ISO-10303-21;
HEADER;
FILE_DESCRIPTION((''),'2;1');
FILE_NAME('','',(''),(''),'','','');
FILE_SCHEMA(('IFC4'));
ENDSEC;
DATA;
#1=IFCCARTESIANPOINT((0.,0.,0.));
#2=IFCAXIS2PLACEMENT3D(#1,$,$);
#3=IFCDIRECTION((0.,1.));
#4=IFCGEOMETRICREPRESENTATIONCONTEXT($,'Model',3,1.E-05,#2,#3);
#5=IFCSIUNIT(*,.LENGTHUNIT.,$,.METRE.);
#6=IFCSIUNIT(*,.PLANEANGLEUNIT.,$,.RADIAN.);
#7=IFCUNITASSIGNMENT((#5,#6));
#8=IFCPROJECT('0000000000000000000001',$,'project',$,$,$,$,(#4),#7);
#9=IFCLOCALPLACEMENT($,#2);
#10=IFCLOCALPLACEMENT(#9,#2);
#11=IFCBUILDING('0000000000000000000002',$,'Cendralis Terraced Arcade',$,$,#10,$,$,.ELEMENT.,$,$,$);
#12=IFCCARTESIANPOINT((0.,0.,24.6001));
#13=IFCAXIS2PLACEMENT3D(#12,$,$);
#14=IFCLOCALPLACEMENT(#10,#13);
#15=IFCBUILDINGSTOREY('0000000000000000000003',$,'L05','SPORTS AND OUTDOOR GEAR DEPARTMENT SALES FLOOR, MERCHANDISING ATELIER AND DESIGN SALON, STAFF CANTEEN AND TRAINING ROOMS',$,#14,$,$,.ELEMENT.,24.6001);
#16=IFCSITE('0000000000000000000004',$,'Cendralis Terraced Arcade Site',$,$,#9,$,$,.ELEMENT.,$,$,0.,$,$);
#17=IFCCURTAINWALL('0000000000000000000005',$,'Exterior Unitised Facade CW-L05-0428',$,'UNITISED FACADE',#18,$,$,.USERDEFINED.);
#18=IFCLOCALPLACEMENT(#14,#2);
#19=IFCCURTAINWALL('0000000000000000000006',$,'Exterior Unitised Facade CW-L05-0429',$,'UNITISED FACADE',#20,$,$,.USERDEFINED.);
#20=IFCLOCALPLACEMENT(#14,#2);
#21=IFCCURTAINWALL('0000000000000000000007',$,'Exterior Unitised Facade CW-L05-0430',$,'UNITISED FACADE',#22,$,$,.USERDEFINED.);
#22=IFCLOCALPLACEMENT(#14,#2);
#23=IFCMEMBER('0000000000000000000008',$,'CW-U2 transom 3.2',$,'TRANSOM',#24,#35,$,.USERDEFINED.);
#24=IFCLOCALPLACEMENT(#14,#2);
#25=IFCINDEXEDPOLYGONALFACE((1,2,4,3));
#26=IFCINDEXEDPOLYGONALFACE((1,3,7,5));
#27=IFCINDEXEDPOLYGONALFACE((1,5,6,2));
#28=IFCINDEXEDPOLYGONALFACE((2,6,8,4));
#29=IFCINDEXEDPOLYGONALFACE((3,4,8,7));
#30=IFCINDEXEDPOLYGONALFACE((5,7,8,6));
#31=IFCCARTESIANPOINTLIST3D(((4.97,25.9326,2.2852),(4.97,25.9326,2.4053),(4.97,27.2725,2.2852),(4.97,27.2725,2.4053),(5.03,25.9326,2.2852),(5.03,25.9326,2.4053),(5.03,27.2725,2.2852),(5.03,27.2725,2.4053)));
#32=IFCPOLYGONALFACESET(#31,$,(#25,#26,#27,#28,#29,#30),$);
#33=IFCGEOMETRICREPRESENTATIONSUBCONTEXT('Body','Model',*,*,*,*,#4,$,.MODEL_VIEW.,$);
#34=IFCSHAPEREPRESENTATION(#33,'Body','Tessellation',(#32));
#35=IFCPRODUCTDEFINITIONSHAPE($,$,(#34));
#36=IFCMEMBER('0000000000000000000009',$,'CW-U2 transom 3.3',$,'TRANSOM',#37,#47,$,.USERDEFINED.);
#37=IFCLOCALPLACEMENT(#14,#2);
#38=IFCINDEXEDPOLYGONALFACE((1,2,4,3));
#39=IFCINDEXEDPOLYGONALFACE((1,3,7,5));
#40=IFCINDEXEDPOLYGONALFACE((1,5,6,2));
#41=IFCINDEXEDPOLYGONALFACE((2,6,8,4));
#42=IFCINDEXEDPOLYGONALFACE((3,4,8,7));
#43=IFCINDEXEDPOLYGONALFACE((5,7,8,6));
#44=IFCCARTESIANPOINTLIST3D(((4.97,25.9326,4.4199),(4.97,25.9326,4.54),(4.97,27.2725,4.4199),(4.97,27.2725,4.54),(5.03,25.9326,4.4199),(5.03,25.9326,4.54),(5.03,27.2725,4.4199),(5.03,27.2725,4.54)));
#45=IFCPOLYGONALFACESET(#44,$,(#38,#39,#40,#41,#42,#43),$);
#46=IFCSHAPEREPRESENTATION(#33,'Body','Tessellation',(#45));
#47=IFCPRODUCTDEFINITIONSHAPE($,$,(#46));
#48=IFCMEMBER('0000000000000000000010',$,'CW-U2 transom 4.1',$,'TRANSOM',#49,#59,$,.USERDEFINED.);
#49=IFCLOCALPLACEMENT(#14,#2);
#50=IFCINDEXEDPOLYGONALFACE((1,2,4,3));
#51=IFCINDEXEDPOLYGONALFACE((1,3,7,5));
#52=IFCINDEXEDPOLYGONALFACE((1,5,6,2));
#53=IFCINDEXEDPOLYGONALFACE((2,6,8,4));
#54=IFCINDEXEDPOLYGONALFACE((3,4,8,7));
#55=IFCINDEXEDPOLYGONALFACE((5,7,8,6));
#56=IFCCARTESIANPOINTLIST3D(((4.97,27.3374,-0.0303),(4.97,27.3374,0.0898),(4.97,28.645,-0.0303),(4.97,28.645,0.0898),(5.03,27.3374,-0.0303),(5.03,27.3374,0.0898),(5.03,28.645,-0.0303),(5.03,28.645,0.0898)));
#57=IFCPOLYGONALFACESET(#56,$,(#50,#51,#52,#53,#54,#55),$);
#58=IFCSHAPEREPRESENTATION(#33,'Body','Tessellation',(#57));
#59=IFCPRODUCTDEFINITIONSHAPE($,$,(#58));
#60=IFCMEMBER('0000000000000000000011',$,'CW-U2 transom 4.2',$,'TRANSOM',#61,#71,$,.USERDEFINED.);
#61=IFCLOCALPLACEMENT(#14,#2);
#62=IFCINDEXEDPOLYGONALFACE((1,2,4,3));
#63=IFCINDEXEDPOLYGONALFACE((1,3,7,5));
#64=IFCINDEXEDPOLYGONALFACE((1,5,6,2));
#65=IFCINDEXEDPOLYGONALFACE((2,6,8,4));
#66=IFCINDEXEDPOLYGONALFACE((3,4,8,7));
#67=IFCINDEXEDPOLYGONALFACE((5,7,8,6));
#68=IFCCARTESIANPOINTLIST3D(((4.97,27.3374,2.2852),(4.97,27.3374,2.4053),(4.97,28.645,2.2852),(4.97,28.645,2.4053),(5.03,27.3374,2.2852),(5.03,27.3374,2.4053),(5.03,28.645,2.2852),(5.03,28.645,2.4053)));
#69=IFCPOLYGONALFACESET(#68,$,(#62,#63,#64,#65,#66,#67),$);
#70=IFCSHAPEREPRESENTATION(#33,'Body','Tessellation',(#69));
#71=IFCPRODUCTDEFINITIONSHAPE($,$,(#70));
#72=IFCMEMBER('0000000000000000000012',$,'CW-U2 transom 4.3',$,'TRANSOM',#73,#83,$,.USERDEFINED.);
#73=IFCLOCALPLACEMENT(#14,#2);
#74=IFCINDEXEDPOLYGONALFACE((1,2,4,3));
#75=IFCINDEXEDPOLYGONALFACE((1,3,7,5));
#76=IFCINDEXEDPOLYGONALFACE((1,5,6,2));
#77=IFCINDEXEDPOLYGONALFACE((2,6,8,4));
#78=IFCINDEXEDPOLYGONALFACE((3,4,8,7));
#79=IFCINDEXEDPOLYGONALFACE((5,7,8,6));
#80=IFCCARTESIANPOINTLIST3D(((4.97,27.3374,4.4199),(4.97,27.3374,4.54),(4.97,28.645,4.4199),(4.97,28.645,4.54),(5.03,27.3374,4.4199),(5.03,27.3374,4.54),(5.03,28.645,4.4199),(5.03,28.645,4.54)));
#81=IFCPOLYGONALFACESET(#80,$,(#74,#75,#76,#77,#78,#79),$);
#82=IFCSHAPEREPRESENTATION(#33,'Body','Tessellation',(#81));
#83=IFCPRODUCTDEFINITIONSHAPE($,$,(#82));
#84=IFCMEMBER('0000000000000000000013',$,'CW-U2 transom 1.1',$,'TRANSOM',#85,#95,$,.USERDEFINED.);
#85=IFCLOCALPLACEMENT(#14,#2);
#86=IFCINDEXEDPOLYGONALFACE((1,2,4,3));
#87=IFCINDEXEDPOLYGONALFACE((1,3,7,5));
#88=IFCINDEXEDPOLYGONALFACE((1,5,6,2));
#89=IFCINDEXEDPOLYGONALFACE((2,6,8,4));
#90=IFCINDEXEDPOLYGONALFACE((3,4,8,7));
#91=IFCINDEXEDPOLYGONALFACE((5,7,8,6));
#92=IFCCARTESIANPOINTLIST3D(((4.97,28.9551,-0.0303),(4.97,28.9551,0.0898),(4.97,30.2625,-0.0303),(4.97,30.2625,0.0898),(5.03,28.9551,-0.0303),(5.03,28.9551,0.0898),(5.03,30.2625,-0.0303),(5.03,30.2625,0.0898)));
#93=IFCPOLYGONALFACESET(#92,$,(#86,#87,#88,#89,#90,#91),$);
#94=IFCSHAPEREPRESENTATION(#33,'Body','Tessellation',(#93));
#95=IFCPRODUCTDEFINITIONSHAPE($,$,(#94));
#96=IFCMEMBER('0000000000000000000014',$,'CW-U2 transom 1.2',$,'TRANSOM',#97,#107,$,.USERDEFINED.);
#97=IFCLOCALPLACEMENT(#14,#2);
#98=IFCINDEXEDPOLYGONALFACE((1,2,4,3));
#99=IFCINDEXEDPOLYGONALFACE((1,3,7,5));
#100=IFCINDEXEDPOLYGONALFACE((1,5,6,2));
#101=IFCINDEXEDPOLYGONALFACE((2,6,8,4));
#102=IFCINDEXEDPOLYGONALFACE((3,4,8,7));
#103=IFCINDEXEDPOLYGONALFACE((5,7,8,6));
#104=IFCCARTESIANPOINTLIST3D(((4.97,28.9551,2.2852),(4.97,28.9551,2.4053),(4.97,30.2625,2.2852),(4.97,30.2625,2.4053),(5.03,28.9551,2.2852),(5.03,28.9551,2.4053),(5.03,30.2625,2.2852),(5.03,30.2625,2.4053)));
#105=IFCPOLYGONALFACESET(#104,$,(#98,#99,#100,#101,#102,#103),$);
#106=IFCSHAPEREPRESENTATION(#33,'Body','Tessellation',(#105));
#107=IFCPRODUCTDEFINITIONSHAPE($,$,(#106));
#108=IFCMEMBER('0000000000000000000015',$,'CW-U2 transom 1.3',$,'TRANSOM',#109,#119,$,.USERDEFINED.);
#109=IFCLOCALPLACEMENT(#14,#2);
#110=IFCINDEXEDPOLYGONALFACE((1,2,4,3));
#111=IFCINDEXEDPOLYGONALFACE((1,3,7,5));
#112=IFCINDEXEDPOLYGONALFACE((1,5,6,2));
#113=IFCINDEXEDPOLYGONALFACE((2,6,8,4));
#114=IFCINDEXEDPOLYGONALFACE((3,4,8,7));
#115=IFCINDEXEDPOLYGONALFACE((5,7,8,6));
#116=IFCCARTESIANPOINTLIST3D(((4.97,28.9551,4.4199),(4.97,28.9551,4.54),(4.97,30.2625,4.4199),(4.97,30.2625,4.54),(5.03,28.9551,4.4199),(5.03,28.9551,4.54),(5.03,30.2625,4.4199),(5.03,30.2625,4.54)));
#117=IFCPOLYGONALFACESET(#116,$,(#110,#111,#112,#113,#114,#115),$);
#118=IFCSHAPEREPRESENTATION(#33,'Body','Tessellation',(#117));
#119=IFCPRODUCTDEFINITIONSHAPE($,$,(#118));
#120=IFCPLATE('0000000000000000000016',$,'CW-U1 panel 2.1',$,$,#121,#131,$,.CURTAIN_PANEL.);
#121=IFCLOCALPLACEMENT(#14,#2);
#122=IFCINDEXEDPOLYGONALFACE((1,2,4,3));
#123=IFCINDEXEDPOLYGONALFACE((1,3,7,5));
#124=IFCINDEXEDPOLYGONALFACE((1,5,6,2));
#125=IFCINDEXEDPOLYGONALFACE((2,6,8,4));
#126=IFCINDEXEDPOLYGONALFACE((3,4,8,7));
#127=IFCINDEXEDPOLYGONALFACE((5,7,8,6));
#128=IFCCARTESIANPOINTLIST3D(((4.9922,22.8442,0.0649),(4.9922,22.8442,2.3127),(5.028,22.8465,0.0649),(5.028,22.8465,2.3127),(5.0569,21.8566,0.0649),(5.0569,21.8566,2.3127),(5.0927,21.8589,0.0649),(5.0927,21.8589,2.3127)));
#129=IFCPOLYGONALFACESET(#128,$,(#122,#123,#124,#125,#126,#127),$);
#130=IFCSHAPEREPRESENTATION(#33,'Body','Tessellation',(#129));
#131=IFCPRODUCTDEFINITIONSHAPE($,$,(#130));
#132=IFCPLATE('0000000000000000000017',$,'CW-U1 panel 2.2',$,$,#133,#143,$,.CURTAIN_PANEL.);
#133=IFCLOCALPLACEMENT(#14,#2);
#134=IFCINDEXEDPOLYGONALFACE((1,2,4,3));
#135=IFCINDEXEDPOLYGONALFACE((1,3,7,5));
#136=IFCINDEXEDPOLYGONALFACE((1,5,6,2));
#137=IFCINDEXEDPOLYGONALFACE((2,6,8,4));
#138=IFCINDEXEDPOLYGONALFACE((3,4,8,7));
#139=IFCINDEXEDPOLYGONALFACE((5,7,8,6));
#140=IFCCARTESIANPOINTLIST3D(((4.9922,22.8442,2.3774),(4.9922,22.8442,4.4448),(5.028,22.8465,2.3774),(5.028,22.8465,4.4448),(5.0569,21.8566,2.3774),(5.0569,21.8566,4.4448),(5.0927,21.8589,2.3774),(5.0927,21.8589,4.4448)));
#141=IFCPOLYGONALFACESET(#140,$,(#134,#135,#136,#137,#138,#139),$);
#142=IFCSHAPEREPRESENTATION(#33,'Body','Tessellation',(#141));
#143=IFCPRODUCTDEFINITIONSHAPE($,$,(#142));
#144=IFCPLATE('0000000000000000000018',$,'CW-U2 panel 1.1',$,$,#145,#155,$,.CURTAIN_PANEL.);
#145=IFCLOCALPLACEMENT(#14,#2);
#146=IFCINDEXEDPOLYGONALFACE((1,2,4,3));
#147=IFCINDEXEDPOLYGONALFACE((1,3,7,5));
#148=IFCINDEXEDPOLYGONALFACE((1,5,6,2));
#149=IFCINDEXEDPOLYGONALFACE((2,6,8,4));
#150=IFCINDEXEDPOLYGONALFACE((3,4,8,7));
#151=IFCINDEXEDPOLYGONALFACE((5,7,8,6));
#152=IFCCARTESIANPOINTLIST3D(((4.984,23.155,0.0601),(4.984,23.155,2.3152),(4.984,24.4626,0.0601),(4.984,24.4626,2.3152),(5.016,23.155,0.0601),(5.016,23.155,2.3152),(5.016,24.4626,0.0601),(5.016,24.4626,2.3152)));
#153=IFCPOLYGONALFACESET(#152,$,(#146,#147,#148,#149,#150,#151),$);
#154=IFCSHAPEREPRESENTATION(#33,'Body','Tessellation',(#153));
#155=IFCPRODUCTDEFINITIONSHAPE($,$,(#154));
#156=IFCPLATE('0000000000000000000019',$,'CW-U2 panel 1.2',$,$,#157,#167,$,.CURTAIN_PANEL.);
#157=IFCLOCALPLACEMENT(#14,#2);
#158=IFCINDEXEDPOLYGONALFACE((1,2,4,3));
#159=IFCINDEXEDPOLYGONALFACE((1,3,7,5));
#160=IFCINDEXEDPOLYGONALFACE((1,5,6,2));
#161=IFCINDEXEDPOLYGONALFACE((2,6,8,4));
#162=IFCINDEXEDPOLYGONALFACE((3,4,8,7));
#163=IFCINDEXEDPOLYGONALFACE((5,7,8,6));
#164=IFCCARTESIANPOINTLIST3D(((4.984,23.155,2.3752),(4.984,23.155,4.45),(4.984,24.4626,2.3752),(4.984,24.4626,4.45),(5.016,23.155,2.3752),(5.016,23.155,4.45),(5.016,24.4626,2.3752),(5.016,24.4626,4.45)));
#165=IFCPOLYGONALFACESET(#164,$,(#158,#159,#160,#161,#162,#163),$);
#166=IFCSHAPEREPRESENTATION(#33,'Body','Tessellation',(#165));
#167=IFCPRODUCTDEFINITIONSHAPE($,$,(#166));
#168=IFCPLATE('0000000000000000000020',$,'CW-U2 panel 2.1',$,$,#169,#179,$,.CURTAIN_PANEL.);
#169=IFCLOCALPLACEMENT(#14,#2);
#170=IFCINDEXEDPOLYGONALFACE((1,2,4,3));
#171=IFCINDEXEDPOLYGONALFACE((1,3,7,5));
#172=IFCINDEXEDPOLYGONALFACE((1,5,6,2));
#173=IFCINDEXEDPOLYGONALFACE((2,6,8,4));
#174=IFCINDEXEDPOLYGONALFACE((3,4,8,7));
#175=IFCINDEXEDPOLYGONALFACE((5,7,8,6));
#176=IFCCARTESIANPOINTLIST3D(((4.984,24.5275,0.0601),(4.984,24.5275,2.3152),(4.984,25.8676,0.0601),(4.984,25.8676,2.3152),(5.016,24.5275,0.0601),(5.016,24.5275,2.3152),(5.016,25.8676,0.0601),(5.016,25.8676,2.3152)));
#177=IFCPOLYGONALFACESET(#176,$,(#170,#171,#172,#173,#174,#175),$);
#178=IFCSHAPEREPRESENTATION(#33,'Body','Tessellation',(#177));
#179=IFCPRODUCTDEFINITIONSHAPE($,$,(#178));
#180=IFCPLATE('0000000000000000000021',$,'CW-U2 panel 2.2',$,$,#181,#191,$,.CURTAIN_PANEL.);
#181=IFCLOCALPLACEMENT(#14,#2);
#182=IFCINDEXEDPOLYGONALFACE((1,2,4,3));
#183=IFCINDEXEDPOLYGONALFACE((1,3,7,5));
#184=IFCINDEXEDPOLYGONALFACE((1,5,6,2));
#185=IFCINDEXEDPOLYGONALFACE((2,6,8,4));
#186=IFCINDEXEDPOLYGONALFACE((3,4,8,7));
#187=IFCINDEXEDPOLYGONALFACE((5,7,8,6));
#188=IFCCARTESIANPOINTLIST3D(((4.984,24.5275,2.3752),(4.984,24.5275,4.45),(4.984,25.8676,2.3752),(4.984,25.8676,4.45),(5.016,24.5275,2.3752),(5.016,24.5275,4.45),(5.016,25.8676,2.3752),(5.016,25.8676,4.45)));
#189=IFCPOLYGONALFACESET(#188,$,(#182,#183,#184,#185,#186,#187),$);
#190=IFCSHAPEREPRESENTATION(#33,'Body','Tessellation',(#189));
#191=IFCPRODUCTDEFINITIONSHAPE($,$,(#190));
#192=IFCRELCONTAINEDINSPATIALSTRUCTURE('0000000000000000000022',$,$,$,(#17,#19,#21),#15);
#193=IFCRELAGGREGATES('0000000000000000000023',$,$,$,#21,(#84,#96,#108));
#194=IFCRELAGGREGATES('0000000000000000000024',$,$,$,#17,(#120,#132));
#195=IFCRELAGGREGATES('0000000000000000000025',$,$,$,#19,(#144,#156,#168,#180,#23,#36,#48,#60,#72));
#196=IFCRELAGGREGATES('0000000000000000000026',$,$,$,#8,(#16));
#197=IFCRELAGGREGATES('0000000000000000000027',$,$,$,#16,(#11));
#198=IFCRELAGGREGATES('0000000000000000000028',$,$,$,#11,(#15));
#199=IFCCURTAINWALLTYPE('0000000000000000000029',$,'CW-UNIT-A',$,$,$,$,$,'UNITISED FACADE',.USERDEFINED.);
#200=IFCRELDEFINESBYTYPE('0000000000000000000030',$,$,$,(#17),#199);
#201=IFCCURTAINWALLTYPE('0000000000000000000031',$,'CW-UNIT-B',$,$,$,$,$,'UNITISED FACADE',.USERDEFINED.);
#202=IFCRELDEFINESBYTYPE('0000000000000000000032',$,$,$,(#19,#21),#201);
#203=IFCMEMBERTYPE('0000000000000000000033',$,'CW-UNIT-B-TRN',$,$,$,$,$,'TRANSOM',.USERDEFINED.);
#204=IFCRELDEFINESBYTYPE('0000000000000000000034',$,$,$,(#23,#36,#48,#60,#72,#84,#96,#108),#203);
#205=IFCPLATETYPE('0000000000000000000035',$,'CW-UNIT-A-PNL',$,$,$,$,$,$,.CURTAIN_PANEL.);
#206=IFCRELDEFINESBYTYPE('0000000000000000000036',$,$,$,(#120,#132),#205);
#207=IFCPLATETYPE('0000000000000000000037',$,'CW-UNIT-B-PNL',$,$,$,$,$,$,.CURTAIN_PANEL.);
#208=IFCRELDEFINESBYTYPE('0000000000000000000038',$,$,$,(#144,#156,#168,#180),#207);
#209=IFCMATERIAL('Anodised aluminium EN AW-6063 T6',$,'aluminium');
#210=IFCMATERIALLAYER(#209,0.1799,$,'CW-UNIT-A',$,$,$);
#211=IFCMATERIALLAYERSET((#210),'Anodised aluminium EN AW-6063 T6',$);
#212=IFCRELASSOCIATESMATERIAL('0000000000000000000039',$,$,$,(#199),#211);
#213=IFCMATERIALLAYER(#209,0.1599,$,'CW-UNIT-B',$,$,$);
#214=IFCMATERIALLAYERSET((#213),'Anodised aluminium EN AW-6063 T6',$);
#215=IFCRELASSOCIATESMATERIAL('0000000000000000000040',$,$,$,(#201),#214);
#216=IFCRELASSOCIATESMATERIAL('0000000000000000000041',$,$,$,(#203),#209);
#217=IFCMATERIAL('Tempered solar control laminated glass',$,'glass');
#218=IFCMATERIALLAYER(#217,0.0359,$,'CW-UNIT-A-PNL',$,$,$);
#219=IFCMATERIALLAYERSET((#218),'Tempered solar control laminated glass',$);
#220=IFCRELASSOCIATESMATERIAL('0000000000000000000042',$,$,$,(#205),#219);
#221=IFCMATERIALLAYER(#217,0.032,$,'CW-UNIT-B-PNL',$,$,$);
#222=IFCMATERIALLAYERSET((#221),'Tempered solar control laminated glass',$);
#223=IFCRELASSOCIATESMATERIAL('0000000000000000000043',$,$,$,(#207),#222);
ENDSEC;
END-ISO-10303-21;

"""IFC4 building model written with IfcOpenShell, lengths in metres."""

from ifc_helpers import new_model, si_unit, direction, frame, origin, origin_2d, place, context, subcontext, project, spatial, rectangle, extrude, material, layer, layer_set, material_profile, profile_set, type_object, element, aggregate, save


model = new_model("IFC4")

# Units and contexts
model_context = context("Model", 3, precision=1e-05, world=origin(), true_north=direction((0.0, 1.0)))
body_context = subcontext(model_context, "Body", "Model", "MODEL_VIEW")
ifc_project = project(units=[si_unit("LENGTHUNIT", "METRE"), si_unit("PLANEANGLEUNIT", "RADIAN")], contexts=[model_context])

# Site, building, storey
site_placement = place(None, origin())
site = spatial("IfcSite", under=ifc_project, at=site_placement, Name="Cendralis Terraced Arcade Site", CompositionType="ELEMENT", RefElevation=0.0)
building_placement = place(site_placement, origin())
building = spatial("IfcBuilding", under=site, at=building_placement, Name="Cendralis Terraced Arcade", CompositionType="ELEMENT")
storey_placement = place(building_placement, frame((0.0, 0.0, 24.6001)))
storey = spatial("IfcBuildingStorey", under=building, at=storey_placement, Name="L05", Description="SPORTS AND OUTDOOR GEAR DEPARTMENT SALES FLOOR, MERCHANDISING ATELIER AND DESIGN SALON, STAFF CANTEEN AND TRAINING ROOMS", CompositionType="ELEMENT", Elevation=24.6001)

# Curtain wall
ifc_material_1 = material(Name="Anodised aluminium EN AW-6063 T6", Category="aluminium")
ifc_layer_1 = layer(ifc_material_1, 0.1799, Name="CW-UNIT-A")
ifc_layer_set_1 = layer_set([ifc_layer_1], Name="Anodised aluminium EN AW-6063 T6")
curtain_wall_type_1 = type_object("IfcCurtainWallType", Name="CW-UNIT-A", ElementType="UNITISED FACADE", PredefinedType="USERDEFINED", material=ifc_layer_set_1)
curtain_wall_1_placement = place(storey_placement, origin())
curtain_wall_1 = element("IfcCurtainWall", 1, at=curtain_wall_1_placement, inside=storey, type_object=curtain_wall_type_1, Name="Exterior Unitised Facade CW-L05-0428", ObjectType="UNITISED FACADE", PredefinedType="USERDEFINED")

# Curtain wall
ifc_layer_2 = layer(ifc_material_1, 0.1599, Name="CW-UNIT-B")
ifc_layer_set_2 = layer_set([ifc_layer_2], Name="Anodised aluminium EN AW-6063 T6")
curtain_wall_type_2 = type_object("IfcCurtainWallType", Name="CW-UNIT-B", ElementType="UNITISED FACADE", PredefinedType="USERDEFINED", material=ifc_layer_set_2)
curtain_wall_2_placement = place(storey_placement, origin())
curtain_wall_2 = element("IfcCurtainWall", 2, at=curtain_wall_2_placement, inside=storey, type_object=curtain_wall_type_2, Name="Exterior Unitised Facade CW-L05-0429", ObjectType="UNITISED FACADE", PredefinedType="USERDEFINED")

# Curtain wall
curtain_wall_3_placement = place(storey_placement, origin())
curtain_wall_3 = element("IfcCurtainWall", 3, at=curtain_wall_3_placement, inside=storey, type_object=curtain_wall_type_2, Name="Exterior Unitised Facade CW-L05-0430", ObjectType="UNITISED FACADE", PredefinedType="USERDEFINED")

# Members
ifc_material_profile_1 = material_profile(ifc_material_1, rectangle(XDim=0.0601, YDim=0.1201, at=origin_2d()), Name="ALU-TRN-60x120")
ifc_profile_set_1 = profile_set([ifc_material_profile_1], Name="Anodised aluminium EN AW-6063 T6")
member_type_1 = type_object("IfcMemberType", Name="CW-UNIT-B-TRN", ElementType="TRANSOM", PredefinedType="USERDEFINED", material=ifc_profile_set_1)
member_1_placement = place(storey_placement, frame((5.0, 25.9326, 2.3452), z_axis=(0.0, 1.0, 0.0), x_axis=(-1.0, 0.0, 0.0)))
member_1 = element("IfcMember", 4, at=member_1_placement, type_object=member_type_1, Name="CW-U2 transom 3.2", ObjectType="TRANSOM", PredefinedType="USERDEFINED", context=body_context, shape_type="SweptSolid", body=[
    extrude(rectangle(XDim=0.0601, YDim=0.1201, at=origin_2d()), origin(), (0.0, 0.0, 1.0), 1.3398),
])
member_2_placement = place(storey_placement, frame((5.0, 25.9326, 4.48), z_axis=(0.0, 1.0, 0.0), x_axis=(-1.0, 0.0, 0.0)))
member_2 = element("IfcMember", 5, at=member_2_placement, type_object=member_type_1, Name="CW-U2 transom 3.3", ObjectType="TRANSOM", PredefinedType="USERDEFINED", context=body_context, shape_type="SweptSolid", body=[
    extrude(rectangle(XDim=0.0601, YDim=0.1201, at=origin_2d()), origin(), (0.0, 0.0, 1.0), 1.3398),
])
member_3_placement = place(storey_placement, frame((5.0, 27.3374, 0.0298), z_axis=(0.0, 1.0, 0.0), x_axis=(-1.0, 0.0, 0.0)))
member_3 = element("IfcMember", 6, at=member_3_placement, type_object=member_type_1, Name="CW-U2 transom 4.1", ObjectType="TRANSOM", PredefinedType="USERDEFINED", context=body_context, shape_type="SweptSolid", body=[
    extrude(rectangle(XDim=0.0601, YDim=0.1201, at=origin_2d()), origin(), (0.0, 0.0, 1.0), 1.3076),
])
member_4_placement = place(storey_placement, frame((5.0, 27.3374, 2.3452), z_axis=(0.0, 1.0, 0.0), x_axis=(-1.0, 0.0, 0.0)))
member_4 = element("IfcMember", 7, at=member_4_placement, type_object=member_type_1, Name="CW-U2 transom 4.2", ObjectType="TRANSOM", PredefinedType="USERDEFINED", context=body_context, shape_type="SweptSolid", body=[
    extrude(rectangle(XDim=0.0601, YDim=0.1201, at=origin_2d()), origin(), (0.0, 0.0, 1.0), 1.3076),
])
member_5_placement = place(storey_placement, frame((5.0, 27.3374, 4.48), z_axis=(0.0, 1.0, 0.0), x_axis=(-1.0, 0.0, 0.0)))
member_5 = element("IfcMember", 8, at=member_5_placement, type_object=member_type_1, Name="CW-U2 transom 4.3", ObjectType="TRANSOM", PredefinedType="USERDEFINED", context=body_context, shape_type="SweptSolid", body=[
    extrude(rectangle(XDim=0.0601, YDim=0.1201, at=origin_2d()), origin(), (0.0, 0.0, 1.0), 1.3076),
])
member_6_placement = place(storey_placement, frame((5.0, 28.9551, 0.0298), z_axis=(0.0, 1.0, 0.0), x_axis=(-1.0, 0.0, 0.0)))
member_6 = element("IfcMember", 9, at=member_6_placement, type_object=member_type_1, Name="CW-U2 transom 1.1", ObjectType="TRANSOM", PredefinedType="USERDEFINED", context=body_context, shape_type="SweptSolid", body=[
    extrude(rectangle(XDim=0.0601, YDim=0.1201, at=origin_2d()), origin(), (0.0, 0.0, 1.0), 1.3074),
])
member_7_placement = place(storey_placement, frame((5.0, 28.9551, 2.3452), z_axis=(0.0, 1.0, 0.0), x_axis=(-1.0, 0.0, 0.0)))
member_7 = element("IfcMember", 10, at=member_7_placement, type_object=member_type_1, Name="CW-U2 transom 1.2", ObjectType="TRANSOM", PredefinedType="USERDEFINED", context=body_context, shape_type="SweptSolid", body=[
    extrude(rectangle(XDim=0.0601, YDim=0.1201, at=origin_2d()), origin(), (0.0, 0.0, 1.0), 1.3074),
])
member_8_placement = place(storey_placement, frame((5.0, 28.9551, 4.48), z_axis=(0.0, 1.0, 0.0), x_axis=(-1.0, 0.0, 0.0)))
member_8 = element("IfcMember", 11, at=member_8_placement, type_object=member_type_1, Name="CW-U2 transom 1.3", ObjectType="TRANSOM", PredefinedType="USERDEFINED", context=body_context, shape_type="SweptSolid", body=[
    extrude(rectangle(XDim=0.0601, YDim=0.1201, at=origin_2d()), origin(), (0.0, 0.0, 1.0), 1.3074),
])
aggregate(curtain_wall_3, [member_6, member_7, member_8])

# Plates
ifc_material_2 = material(Name="Tempered solar control laminated glass", Category="glass")
ifc_layer_3 = layer(ifc_material_2, 0.0359, Name="CW-UNIT-A-PNL")
ifc_layer_set_3 = layer_set([ifc_layer_3], Name="Tempered solar control laminated glass")
plate_type_1 = type_object("IfcPlateType", Name="CW-UNIT-A-PNL", PredefinedType="CURTAIN_PANEL", material=ifc_layer_set_3)
plate_1_placement = place(storey_placement, frame((5.0425, 22.3516, 0.0649), z_axis=(0.0, 0.0, 1.0), x_axis=(-0.065393, 0.99786, 0.0)))
plate_1 = element("IfcPlate", 12, at=plate_1_placement, type_object=plate_type_1, Name="CW-U1 panel 2.1", PredefinedType="CURTAIN_PANEL", context=body_context, shape_type="SweptSolid", body=[
    extrude(rectangle(XDim=0.9897, YDim=0.0359, at=origin_2d()), origin(), (0.0, 0.0, 1.0), 2.2478),
])
plate_2_placement = place(storey_placement, frame((5.0425, 22.3516, 2.3774), z_axis=(0.0, 0.0, 1.0), x_axis=(-0.065393, 0.99786, 0.0)))
plate_2 = element("IfcPlate", 13, at=plate_2_placement, type_object=plate_type_1, Name="CW-U1 panel 2.2", PredefinedType="CURTAIN_PANEL", context=body_context, shape_type="SweptSolid", body=[
    extrude(rectangle(XDim=0.9897, YDim=0.0359, at=origin_2d()), origin(), (0.0, 0.0, 1.0), 2.0674),
])
aggregate(curtain_wall_1, [plate_1, plate_2])
ifc_layer_4 = layer(ifc_material_2, 0.032, Name="CW-UNIT-B-PNL")
ifc_layer_set_4 = layer_set([ifc_layer_4], Name="Tempered solar control laminated glass")
plate_type_2 = type_object("IfcPlateType", Name="CW-UNIT-B-PNL", PredefinedType="CURTAIN_PANEL", material=ifc_layer_set_4)
plate_3_placement = place(storey_placement, frame((5.0, 23.8088, 0.0601), z_axis=(0.0, 0.0, 1.0), x_axis=(0.0, 1.0, 0.0)))
plate_3 = element("IfcPlate", 14, at=plate_3_placement, type_object=plate_type_2, Name="CW-U2 panel 1.1", PredefinedType="CURTAIN_PANEL", context=body_context, shape_type="SweptSolid", body=[
    extrude(rectangle(XDim=1.3076, YDim=0.032, at=origin_2d()), origin(), (0.0, 0.0, 1.0), 2.2551),
])
plate_4_placement = place(storey_placement, frame((5.0, 23.8088, 2.3752), z_axis=(0.0, 0.0, 1.0), x_axis=(0.0, 1.0, 0.0)))
plate_4 = element("IfcPlate", 15, at=plate_4_placement, type_object=plate_type_2, Name="CW-U2 panel 1.2", PredefinedType="CURTAIN_PANEL", context=body_context, shape_type="SweptSolid", body=[
    extrude(rectangle(XDim=1.3076, YDim=0.032, at=origin_2d()), origin(), (0.0, 0.0, 1.0), 2.0747),
])
plate_5_placement = place(storey_placement, frame((5.0, 25.1975, 0.0601), z_axis=(0.0, 0.0, 1.0), x_axis=(0.0, 1.0, 0.0)))
plate_5 = element("IfcPlate", 16, at=plate_5_placement, type_object=plate_type_2, Name="CW-U2 panel 2.1", PredefinedType="CURTAIN_PANEL", context=body_context, shape_type="SweptSolid", body=[
    extrude(rectangle(XDim=1.3401, YDim=0.032, at=origin_2d()), origin(), (0.0, 0.0, 1.0), 2.2551),
])
plate_6_placement = place(storey_placement, frame((5.0, 25.1975, 2.3752), z_axis=(0.0, 0.0, 1.0), x_axis=(0.0, 1.0, 0.0)))
plate_6 = element("IfcPlate", 17, at=plate_6_placement, type_object=plate_type_2, Name="CW-U2 panel 2.2", PredefinedType="CURTAIN_PANEL", context=body_context, shape_type="SweptSolid", body=[
    extrude(rectangle(XDim=1.3401, YDim=0.032, at=origin_2d()), origin(), (0.0, 0.0, 1.0), 2.0747),
])
aggregate(curtain_wall_2, [plate_3, plate_4, plate_5, plate_6, member_1, member_2, member_3, member_4, member_5])

save(model, "model.ifc")
